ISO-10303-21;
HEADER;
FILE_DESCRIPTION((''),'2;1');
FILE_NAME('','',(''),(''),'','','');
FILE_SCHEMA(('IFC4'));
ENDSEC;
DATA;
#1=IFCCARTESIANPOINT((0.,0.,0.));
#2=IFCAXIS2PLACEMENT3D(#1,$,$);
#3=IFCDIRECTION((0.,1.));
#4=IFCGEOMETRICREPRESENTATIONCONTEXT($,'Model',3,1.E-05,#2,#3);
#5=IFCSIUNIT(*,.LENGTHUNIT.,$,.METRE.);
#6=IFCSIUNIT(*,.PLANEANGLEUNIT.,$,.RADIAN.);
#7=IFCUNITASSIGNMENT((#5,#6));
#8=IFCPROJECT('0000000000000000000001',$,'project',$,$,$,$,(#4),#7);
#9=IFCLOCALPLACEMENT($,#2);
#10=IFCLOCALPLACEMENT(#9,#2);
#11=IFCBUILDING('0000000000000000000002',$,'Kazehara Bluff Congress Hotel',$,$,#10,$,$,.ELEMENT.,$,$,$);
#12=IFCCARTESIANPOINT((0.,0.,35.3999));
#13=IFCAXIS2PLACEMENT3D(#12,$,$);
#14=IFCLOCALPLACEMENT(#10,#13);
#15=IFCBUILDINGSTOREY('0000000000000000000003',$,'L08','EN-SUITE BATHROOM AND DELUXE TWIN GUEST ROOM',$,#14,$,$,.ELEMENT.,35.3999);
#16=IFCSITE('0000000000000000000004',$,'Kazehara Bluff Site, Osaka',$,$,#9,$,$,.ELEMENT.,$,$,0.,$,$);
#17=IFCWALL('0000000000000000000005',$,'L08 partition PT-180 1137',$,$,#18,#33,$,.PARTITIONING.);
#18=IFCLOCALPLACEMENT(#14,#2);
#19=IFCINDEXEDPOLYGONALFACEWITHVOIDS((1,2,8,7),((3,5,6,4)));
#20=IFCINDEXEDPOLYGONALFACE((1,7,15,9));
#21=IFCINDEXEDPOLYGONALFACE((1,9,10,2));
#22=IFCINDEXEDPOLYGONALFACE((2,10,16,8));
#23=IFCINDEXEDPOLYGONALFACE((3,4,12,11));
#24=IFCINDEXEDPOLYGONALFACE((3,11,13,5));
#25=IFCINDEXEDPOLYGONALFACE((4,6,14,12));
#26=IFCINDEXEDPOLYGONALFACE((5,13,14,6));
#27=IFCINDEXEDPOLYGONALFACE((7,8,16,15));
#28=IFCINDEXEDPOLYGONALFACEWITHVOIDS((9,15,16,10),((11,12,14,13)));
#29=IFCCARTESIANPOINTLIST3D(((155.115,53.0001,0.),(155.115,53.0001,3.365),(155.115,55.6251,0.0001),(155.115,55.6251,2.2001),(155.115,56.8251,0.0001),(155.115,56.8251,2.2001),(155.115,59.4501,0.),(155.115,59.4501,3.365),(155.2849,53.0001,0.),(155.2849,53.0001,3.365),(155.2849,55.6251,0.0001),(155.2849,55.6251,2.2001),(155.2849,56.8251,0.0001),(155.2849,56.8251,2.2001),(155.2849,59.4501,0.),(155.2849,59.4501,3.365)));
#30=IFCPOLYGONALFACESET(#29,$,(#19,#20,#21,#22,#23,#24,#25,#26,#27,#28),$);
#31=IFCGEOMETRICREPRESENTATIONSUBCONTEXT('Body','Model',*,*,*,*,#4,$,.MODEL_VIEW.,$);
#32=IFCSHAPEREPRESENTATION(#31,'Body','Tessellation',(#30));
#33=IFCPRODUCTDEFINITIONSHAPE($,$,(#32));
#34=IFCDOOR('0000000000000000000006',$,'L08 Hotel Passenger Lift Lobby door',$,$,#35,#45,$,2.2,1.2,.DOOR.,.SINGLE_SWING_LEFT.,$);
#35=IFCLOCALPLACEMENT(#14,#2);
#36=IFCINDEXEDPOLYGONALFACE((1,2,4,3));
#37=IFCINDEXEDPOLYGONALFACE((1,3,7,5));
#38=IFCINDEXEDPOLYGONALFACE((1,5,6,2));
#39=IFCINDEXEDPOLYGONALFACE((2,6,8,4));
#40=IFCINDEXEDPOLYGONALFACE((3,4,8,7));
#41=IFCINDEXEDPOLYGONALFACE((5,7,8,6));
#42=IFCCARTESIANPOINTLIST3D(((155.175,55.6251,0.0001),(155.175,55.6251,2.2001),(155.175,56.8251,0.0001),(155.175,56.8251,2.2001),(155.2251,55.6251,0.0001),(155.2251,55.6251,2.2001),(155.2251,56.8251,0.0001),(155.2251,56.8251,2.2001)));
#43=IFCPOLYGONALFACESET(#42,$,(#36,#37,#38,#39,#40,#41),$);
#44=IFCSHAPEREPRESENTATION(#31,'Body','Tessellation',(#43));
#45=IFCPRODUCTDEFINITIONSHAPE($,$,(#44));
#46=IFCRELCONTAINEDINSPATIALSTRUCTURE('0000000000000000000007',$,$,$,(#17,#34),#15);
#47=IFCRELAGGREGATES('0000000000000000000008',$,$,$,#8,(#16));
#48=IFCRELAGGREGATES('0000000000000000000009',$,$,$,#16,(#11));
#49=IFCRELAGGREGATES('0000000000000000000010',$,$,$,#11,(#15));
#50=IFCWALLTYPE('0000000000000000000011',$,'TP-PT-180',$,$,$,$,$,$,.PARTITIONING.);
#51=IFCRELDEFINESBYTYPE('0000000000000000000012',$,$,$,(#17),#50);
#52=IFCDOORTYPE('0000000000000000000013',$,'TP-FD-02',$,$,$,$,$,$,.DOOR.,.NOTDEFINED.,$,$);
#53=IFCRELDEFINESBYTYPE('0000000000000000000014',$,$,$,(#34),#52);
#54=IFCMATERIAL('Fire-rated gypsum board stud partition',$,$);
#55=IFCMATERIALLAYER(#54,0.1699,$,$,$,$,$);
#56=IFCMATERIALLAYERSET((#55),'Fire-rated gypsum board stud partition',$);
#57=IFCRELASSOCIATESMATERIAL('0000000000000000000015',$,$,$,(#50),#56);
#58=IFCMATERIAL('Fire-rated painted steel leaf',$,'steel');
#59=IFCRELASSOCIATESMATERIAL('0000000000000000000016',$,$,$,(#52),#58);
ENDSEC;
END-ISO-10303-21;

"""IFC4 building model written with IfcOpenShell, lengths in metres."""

from ifc_helpers import new_model, si_unit, direction, frame, frame_2d, origin, place, context, subcontext, project, spatial, rectangle, extrude, material, layer, layer_set, type_object, element, fill, save


model = new_model("IFC4")

# Units and contexts
model_context = context("Model", 3, precision=1e-05, world=origin(), true_north=direction((0.0, 1.0)))
body_context = subcontext(model_context, "Body", "Model", "MODEL_VIEW")
ifc_project = project(units=[si_unit("LENGTHUNIT", "METRE"), si_unit("PLANEANGLEUNIT", "RADIAN")], contexts=[model_context])

# Site, building, storey
site_placement = place(None, origin())
site = spatial("IfcSite", under=ifc_project, at=site_placement, Name="Kazehara Bluff Site, Osaka", CompositionType="ELEMENT", RefElevation=0.0)
building_placement = place(site_placement, origin())
building = spatial("IfcBuilding", under=site, at=building_placement, Name="Kazehara Bluff Congress Hotel", CompositionType="ELEMENT")
storey_placement = place(building_placement, frame((0.0, 0.0, 35.3999)))
storey = spatial("IfcBuildingStorey", under=building, at=storey_placement, Name="L08", Description="EN-SUITE BATHROOM AND DELUXE TWIN GUEST ROOM", CompositionType="ELEMENT", Elevation=35.3999)

# Wall, opening, door
ifc_material_1 = material(Name="Fire-rated gypsum board stud partition")
ifc_layer_1 = layer(ifc_material_1, 0.1699)
ifc_layer_set_1 = layer_set([ifc_layer_1], Name="Fire-rated gypsum board stud partition")
wall_type_1 = type_object("IfcWallType", Name="TP-PT-180", PredefinedType="PARTITIONING", material=ifc_layer_set_1)
wall_1_placement = place(storey_placement, frame((155.2, 53.0, 0.0), z_axis=(0.0, 0.0, 1.0), x_axis=(0.0, 1.0, 0.0)))
wall_1 = element("IfcWall", 1, at=wall_1_placement, inside=storey, type_object=wall_type_1, Name="L08 partition PT-180 1137", PredefinedType="PARTITIONING", context=body_context, shape_type="SweptSolid", body=[
    extrude(rectangle(XDim=6.45, YDim=0.1699, at=frame_2d((3.2251, 0.0))), origin(), (0.0, 0.0, 1.0), 3.365),
])
opening_1_placement = place(wall_1_placement, frame((2.625, 0.0, 0.0)))
opening_1 = element("IfcOpeningElement", 2, at=opening_1_placement, cuts=wall_1, PredefinedType="OPENING", context=body_context, shape_type="SweptSolid", body=[
    extrude(rectangle(XDim=1.2, YDim=2.2, at=frame_2d((0.6001, 1.1001))), frame((0.0, 0.095, 0.0), z_axis=(0.0, -1.0, 0.0), x_axis=(1.0, 0.0, 0.0)), (0.0, 0.0, 1.0), 0.1899),
])
ifc_material_2 = material(Name="Fire-rated painted steel leaf", Category="steel")
door_type_1 = type_object("IfcDoorType", Name="TP-FD-02", OperationType="NOTDEFINED", PredefinedType="DOOR", material=ifc_material_2)
door_1_placement = place(opening_1_placement, origin())
door_1 = element("IfcDoor", 3, at=door_1_placement, inside=storey, type_object=door_type_1, Name="L08 Hotel Passenger Lift Lobby door", OperationType="SINGLE_SWING_LEFT", OverallHeight=2.2, OverallWidth=1.2, PredefinedType="DOOR", context=body_context, shape_type="SweptSolid", body=[
    extrude(rectangle(XDim=1.2, YDim=2.2, at=frame_2d((0.6001, 1.1001))), frame((0.0, 0.0249, 0.0), z_axis=(0.0, -1.0, 0.0), x_axis=(1.0, 0.0, 0.0)), (0.0, 0.0, 1.0), 0.05),
])
fill(opening_1, door_1)

save(model, "model.ifc")
